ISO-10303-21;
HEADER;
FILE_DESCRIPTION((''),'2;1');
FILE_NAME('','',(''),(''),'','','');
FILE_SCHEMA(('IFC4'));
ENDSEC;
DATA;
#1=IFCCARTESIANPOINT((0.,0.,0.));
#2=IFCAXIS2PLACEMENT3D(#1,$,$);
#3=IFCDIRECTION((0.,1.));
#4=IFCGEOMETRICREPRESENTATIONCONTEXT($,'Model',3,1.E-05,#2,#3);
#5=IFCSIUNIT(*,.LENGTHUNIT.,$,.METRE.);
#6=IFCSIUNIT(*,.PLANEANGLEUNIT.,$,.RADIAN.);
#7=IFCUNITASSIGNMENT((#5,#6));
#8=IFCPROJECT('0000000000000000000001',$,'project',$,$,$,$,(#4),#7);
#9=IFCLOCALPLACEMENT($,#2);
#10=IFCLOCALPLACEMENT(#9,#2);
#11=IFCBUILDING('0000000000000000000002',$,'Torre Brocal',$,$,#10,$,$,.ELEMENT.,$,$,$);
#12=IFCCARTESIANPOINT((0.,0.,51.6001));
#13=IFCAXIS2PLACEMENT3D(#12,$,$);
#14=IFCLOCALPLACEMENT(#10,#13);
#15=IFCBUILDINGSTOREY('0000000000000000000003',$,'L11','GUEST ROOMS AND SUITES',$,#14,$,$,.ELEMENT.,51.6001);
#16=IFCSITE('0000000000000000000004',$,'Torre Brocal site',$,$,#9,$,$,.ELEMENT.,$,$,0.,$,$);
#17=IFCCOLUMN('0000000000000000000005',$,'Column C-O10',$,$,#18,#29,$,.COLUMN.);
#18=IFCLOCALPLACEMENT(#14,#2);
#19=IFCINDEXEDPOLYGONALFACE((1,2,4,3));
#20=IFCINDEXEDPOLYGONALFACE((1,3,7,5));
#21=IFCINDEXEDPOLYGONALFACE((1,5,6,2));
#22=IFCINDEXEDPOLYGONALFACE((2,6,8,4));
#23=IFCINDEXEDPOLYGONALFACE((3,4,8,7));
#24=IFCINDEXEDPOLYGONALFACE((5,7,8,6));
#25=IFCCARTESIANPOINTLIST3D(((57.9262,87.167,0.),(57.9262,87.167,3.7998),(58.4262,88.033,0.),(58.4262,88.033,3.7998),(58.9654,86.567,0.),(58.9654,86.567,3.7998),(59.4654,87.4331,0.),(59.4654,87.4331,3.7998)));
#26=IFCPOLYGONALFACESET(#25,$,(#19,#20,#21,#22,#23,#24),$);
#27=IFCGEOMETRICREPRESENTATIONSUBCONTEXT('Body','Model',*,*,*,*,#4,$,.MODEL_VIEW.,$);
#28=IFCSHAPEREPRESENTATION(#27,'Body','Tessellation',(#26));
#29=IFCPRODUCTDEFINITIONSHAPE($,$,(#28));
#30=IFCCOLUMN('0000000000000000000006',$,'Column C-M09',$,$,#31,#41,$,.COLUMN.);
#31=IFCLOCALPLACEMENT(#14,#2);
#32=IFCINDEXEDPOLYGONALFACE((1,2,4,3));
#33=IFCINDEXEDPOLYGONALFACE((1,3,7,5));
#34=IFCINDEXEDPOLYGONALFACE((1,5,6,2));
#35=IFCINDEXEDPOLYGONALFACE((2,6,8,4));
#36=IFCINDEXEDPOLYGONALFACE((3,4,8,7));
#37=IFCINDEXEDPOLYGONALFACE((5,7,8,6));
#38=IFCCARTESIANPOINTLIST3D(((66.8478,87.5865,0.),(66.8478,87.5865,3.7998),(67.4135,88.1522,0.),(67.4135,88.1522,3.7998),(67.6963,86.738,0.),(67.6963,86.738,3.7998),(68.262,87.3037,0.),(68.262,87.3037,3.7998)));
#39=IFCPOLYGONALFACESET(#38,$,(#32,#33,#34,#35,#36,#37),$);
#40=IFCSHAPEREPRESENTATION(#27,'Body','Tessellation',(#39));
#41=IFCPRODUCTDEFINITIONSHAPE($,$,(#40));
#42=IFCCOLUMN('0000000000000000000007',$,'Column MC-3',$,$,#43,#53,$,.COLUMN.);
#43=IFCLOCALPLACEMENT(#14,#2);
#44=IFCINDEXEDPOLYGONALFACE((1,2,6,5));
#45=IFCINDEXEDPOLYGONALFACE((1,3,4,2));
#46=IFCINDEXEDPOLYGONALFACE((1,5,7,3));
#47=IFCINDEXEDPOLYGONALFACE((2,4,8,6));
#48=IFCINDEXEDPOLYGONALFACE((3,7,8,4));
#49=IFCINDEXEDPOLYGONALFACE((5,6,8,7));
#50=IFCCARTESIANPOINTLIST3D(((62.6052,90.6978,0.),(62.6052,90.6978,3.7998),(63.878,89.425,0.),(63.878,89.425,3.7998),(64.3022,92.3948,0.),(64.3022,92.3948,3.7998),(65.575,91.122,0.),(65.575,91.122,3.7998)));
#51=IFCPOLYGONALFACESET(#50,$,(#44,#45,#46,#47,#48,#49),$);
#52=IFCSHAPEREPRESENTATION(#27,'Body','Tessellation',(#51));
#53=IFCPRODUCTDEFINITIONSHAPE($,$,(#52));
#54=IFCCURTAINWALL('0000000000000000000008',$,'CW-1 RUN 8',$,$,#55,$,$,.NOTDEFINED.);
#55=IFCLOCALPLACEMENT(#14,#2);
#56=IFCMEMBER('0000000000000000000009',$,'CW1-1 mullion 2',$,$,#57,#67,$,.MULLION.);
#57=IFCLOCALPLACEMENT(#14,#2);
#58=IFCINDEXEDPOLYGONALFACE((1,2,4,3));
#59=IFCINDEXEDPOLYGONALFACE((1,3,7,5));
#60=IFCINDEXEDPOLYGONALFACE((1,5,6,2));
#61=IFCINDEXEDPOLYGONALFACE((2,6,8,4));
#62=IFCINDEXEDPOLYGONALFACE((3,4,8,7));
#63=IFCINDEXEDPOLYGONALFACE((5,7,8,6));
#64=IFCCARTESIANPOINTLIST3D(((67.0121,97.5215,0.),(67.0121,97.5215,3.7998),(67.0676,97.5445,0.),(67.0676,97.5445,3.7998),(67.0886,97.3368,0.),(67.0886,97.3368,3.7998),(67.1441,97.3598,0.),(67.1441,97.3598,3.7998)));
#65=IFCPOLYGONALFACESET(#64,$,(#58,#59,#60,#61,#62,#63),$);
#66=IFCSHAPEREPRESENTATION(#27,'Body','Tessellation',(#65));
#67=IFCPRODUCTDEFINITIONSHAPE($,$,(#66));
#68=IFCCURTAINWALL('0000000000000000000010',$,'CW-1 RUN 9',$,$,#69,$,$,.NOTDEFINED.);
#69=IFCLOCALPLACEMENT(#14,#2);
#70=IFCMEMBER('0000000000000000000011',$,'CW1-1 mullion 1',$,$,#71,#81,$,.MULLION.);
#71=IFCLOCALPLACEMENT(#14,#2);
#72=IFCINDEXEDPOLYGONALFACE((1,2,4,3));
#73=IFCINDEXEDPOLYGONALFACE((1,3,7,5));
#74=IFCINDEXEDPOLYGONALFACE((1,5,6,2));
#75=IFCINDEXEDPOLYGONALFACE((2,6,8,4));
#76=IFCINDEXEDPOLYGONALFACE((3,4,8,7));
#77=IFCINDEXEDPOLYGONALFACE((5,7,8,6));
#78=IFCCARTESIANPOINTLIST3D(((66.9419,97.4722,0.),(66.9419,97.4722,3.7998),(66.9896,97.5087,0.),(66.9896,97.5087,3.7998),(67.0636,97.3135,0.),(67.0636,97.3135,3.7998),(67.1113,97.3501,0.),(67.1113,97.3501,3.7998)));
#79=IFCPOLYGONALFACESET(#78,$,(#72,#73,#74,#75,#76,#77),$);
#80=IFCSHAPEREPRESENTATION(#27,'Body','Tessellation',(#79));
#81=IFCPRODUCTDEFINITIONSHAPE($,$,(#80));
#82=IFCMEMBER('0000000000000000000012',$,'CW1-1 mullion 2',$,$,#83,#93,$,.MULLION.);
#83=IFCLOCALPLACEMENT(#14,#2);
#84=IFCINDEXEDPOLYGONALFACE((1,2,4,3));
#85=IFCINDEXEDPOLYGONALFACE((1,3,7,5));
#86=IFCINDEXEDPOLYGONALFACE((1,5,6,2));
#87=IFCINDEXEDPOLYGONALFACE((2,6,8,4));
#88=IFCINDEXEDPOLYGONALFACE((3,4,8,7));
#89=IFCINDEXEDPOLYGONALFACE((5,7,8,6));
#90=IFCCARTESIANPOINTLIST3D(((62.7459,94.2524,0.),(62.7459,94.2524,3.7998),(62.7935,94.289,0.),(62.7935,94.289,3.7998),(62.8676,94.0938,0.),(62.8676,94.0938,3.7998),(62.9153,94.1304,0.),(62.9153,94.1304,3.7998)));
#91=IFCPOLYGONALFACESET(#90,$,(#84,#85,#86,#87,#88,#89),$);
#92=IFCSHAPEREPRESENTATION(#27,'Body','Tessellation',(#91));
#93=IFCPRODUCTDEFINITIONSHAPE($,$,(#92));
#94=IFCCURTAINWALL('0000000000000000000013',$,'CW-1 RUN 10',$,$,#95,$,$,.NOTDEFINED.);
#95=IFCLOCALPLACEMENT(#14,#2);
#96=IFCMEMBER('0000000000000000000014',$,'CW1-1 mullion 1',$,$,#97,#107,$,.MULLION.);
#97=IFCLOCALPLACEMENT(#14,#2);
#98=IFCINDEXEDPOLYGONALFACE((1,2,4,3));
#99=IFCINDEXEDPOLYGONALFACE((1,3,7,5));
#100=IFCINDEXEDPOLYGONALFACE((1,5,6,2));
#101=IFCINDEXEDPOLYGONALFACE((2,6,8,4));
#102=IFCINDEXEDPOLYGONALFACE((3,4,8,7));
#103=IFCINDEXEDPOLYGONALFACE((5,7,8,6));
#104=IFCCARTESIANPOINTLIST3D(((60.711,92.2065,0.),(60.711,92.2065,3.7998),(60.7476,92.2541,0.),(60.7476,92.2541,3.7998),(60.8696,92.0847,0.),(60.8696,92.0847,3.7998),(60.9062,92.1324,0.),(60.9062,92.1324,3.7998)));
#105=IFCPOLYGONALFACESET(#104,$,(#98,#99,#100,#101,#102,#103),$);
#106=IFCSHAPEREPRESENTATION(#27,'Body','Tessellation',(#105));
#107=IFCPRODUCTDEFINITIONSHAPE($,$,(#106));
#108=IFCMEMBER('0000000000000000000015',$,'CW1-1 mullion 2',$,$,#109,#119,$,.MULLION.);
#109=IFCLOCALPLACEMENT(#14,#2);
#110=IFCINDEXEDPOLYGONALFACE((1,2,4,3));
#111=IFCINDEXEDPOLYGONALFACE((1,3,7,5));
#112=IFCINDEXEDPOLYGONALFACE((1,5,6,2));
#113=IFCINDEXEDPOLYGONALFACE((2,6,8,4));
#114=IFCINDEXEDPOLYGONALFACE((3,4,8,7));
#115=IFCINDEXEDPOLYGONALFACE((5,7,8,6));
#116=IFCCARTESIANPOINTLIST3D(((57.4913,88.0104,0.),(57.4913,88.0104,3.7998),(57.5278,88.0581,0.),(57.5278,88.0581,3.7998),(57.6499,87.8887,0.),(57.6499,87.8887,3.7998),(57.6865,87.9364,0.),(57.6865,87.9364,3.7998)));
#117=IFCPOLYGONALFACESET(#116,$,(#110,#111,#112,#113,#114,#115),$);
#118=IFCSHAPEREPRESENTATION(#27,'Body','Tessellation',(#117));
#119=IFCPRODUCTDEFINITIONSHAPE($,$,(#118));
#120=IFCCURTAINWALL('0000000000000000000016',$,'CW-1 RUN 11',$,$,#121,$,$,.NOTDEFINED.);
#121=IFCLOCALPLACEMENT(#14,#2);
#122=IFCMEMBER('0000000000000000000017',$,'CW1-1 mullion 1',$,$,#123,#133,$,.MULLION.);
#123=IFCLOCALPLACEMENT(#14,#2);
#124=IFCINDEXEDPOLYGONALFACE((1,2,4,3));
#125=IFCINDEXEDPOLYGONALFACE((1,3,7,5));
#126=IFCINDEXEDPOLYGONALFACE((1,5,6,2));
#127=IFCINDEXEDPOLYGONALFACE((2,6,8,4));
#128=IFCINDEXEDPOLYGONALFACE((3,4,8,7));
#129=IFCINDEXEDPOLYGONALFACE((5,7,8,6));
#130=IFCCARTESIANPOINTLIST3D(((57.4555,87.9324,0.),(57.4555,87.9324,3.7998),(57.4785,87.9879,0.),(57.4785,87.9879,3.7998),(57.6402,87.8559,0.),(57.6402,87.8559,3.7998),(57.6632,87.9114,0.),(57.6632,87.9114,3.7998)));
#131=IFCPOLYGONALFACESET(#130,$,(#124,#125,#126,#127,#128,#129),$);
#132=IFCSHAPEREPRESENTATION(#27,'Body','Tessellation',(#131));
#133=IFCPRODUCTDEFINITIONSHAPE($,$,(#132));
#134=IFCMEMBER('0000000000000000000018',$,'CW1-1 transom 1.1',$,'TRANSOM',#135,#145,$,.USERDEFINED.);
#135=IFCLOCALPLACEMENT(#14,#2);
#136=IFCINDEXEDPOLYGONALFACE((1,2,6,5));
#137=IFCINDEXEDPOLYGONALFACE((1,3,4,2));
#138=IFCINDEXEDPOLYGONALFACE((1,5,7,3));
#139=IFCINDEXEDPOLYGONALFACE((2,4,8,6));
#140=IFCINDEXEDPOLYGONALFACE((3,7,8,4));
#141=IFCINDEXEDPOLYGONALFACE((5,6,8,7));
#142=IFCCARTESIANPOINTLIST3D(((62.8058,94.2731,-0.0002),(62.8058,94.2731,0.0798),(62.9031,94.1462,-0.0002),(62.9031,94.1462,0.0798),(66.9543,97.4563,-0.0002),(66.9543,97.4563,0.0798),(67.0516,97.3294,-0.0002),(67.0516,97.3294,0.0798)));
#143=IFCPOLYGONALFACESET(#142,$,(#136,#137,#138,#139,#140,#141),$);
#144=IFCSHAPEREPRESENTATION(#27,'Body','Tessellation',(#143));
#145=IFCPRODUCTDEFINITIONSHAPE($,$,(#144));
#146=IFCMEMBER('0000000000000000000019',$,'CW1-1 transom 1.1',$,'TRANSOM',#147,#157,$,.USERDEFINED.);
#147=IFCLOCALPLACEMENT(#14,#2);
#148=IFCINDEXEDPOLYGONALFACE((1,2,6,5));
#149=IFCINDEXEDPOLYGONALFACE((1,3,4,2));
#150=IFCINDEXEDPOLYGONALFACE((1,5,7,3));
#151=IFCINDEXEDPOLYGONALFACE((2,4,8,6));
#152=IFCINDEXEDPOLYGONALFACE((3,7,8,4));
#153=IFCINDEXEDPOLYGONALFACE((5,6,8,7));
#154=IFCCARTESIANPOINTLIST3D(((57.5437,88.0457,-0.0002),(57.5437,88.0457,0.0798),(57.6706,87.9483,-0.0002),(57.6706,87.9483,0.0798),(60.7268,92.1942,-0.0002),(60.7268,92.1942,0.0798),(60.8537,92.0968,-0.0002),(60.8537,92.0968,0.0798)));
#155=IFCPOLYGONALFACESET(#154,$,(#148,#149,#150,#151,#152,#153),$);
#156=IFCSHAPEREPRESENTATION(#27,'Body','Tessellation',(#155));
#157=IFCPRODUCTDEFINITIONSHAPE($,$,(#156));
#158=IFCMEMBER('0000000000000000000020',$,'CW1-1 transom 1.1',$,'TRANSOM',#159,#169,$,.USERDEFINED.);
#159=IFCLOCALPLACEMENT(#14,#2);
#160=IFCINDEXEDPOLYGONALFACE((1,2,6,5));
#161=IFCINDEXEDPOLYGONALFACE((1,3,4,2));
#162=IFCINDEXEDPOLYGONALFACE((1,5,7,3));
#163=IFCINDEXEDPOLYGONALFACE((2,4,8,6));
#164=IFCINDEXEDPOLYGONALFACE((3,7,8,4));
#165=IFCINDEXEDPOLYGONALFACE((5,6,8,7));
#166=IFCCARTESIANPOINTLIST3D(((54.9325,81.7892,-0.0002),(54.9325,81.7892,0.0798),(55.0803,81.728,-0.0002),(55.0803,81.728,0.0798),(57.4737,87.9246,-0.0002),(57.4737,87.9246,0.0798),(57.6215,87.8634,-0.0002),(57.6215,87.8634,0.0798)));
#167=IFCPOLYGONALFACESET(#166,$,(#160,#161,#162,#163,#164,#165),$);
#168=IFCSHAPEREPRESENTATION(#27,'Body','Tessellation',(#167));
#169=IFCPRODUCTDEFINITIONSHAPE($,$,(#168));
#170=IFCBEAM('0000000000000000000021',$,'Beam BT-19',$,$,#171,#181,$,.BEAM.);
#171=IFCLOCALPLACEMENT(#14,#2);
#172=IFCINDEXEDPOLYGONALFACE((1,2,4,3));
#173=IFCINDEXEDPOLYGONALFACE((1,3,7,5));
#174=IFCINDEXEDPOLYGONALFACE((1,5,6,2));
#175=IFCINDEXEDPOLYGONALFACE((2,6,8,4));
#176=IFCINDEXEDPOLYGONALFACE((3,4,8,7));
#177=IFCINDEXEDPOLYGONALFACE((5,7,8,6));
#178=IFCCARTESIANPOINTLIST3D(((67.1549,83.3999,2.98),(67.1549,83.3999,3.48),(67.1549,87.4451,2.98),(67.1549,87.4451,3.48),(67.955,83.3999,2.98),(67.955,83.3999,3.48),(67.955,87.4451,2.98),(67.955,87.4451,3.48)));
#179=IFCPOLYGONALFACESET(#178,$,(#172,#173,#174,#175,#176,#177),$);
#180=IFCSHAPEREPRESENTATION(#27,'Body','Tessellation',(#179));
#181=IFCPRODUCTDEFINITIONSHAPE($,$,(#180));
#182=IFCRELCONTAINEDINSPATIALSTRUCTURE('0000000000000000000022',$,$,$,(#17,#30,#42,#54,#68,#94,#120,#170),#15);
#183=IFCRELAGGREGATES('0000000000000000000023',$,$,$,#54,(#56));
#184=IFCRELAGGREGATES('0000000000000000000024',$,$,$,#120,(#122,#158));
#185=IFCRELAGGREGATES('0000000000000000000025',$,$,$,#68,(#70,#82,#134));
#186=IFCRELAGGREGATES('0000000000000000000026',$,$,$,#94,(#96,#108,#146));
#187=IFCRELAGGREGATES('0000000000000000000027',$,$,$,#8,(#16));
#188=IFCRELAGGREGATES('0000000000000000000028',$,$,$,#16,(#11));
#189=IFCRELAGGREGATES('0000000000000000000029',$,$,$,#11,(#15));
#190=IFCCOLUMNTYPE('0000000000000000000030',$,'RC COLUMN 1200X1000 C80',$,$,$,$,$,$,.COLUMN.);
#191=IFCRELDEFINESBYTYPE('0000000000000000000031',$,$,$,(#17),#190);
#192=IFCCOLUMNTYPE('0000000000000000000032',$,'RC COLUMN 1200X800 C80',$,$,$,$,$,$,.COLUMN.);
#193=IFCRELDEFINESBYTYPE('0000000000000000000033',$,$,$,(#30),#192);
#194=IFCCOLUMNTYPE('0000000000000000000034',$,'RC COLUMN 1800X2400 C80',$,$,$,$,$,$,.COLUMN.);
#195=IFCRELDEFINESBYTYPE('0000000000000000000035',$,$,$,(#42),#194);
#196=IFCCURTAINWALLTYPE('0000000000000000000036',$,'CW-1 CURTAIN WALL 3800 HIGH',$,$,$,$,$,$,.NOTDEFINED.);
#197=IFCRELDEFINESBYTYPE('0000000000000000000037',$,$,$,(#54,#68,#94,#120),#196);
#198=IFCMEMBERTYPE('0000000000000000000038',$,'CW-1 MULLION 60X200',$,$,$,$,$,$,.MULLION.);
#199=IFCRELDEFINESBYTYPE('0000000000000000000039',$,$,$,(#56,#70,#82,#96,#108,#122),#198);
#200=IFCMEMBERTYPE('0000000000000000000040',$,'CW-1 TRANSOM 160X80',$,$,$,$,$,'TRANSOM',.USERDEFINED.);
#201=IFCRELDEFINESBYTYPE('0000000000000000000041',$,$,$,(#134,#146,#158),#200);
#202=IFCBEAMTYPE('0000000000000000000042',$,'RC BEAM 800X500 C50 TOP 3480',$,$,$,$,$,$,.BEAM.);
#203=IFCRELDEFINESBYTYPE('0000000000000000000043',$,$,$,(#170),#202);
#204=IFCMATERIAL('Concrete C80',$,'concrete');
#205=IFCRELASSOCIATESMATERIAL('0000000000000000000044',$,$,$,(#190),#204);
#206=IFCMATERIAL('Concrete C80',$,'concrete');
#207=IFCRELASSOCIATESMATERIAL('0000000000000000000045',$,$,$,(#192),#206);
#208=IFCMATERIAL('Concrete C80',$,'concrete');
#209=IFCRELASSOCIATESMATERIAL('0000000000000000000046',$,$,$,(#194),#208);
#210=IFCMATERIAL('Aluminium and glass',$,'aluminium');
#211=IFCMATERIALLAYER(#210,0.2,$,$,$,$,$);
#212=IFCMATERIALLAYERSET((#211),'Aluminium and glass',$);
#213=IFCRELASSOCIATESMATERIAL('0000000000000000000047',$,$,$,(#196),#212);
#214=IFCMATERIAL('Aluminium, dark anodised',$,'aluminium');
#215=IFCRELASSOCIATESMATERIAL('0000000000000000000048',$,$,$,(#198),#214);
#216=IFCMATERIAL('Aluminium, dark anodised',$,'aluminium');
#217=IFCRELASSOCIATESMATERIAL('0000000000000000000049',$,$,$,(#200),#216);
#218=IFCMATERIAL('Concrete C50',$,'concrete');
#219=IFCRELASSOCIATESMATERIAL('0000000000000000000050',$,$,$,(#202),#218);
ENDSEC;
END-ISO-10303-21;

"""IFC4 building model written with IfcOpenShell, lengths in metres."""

from ifc_helpers import new_model, si_unit, direction, frame, origin, origin_2d, place, context, subcontext, project, spatial, rectangle, extrude, material, layer, layer_set, material_profile, profile_set, type_object, element, aggregate, save


model = new_model("IFC4")

# Units and contexts
model_context = context("Model", 3, precision=1e-05, world=origin(), true_north=direction((0.0, 1.0)))
body_context = subcontext(model_context, "Body", "Model", "MODEL_VIEW")
ifc_project = project(units=[si_unit("LENGTHUNIT", "METRE"), si_unit("PLANEANGLEUNIT", "RADIAN")], contexts=[model_context])

# Site, building, storey
site_placement = place(None, origin())
site = spatial("IfcSite", under=ifc_project, at=site_placement, Name="Torre Brocal site", CompositionType="ELEMENT", RefElevation=0.0)
building_placement = place(site_placement, origin())
building = spatial("IfcBuilding", under=site, at=building_placement, Name="Torre Brocal", CompositionType="ELEMENT")
storey_placement = place(building_placement, frame((0.0, 0.0, 51.6001)))
storey = spatial("IfcBuildingStorey", under=building, at=storey_placement, Name="L11", Description="GUEST ROOMS AND SUITES", CompositionType="ELEMENT", Elevation=51.6001)

# Columns
ifc_material_1 = material(Name="Concrete C80", Category="concrete")
ifc_material_profile_1 = material_profile(ifc_material_1, rectangle(XDim=1.2, YDim=1.0, at=origin_2d()), Name="RC 1200X1000")
ifc_profile_set_1 = profile_set([ifc_material_profile_1], Name="Concrete C80")
column_type_1 = type_object("IfcColumnType", Name="RC COLUMN 1200X1000 C80", PredefinedType="COLUMN", material=ifc_profile_set_1)
column_1_placement = place(storey_placement, frame((58.6958, 87.3, 0.0), z_axis=(0.0, 0.0, 1.0), x_axis=(-0.866025, 0.5, 0.0)))
element("IfcColumn", 1, at=column_1_placement, inside=storey, type_object=column_type_1, Name="Column C-O10", PredefinedType="COLUMN", context=body_context, shape_type="SweptSolid", body=[
    extrude(rectangle(XDim=1.2, YDim=1.0, at=origin_2d()), origin(), (0.0, 0.0, 1.0), 3.7998),
])
ifc_material_2 = material(Name="Concrete C80", Category="concrete")
ifc_material_profile_2 = material_profile(ifc_material_2, rectangle(XDim=1.2, YDim=0.8, at=origin_2d()), Name="RC 1200X800")
ifc_profile_set_2 = profile_set([ifc_material_profile_2], Name="Concrete C80")
column_type_2 = type_object("IfcColumnType", Name="RC COLUMN 1200X800 C80", PredefinedType="COLUMN", material=ifc_profile_set_2)
column_2_placement = place(storey_placement, frame((67.5549, 87.4451, 0.0), z_axis=(0.0, 0.0, 1.0), x_axis=(-0.707107, 0.707107, 0.0)))
element("IfcColumn", 2, at=column_2_placement, inside=storey, type_object=column_type_2, Name="Column C-M09", PredefinedType="COLUMN", context=body_context, shape_type="SweptSolid", body=[
    extrude(rectangle(XDim=1.2, YDim=0.8, at=origin_2d()), origin(), (0.0, 0.0, 1.0), 3.7998),
])
ifc_material_3 = material(Name="Concrete C80", Category="concrete")
ifc_material_profile_3 = material_profile(ifc_material_3, rectangle(XDim=1.8, YDim=2.3999, at=origin_2d()), Name="RC 1800X2400")
ifc_profile_set_3 = profile_set([ifc_material_profile_3], Name="Concrete C80")
column_type_3 = type_object("IfcColumnType", Name="RC COLUMN 1800X2400 C80", PredefinedType="COLUMN", material=ifc_profile_set_3)
column_3_placement = place(storey_placement, frame((64.0901, 90.9099, 0.0), z_axis=(0.0, 0.0, 1.0), x_axis=(-0.707107, 0.707107, 0.0)))
element("IfcColumn", 3, at=column_3_placement, inside=storey, type_object=column_type_3, Name="Column MC-3", PredefinedType="COLUMN", context=body_context, shape_type="SweptSolid", body=[
    extrude(rectangle(XDim=1.8, YDim=2.3999, at=origin_2d()), origin(), (0.0, 0.0, 1.0), 3.7998),
])

# Curtain wall, member
ifc_material_4 = material(Name="Aluminium and glass", Category="aluminium")
ifc_layer_1 = layer(ifc_material_4, 0.2)
ifc_layer_set_1 = layer_set([ifc_layer_1], Name="Aluminium and glass")
curtain_wall_type = type_object("IfcCurtainWallType", Name="CW-1 CURTAIN WALL 3800 HIGH", PredefinedType="NOTDEFINED", material=ifc_layer_set_1)
curtain_wall_1_placement = place(storey_placement, origin())
curtain_wall_1 = element("IfcCurtainWall", 4, at=curtain_wall_1_placement, inside=storey, type_object=curtain_wall_type, Name="CW-1 RUN 8", PredefinedType="NOTDEFINED")
ifc_material_5 = material(Name="Aluminium, dark anodised", Category="aluminium")
ifc_material_profile_4 = material_profile(ifc_material_5, rectangle(XDim=0.2, YDim=0.0601, at=origin_2d()), Name="CW-1 MULLION 60X200")
ifc_profile_set_4 = profile_set([ifc_material_profile_4], Name="Aluminium, dark anodised")
member_type_1 = type_object("IfcMemberType", Name="CW-1 MULLION 60X200", PredefinedType="MULLION", material=ifc_profile_set_4)
member_1_placement = place(storey_placement, frame((67.0781, 97.4407, 0.0), z_axis=(0.0, 0.0, 1.0), x_axis=(0.382683, -0.92388, 0.0)))
member_1 = element("IfcMember", 5, at=member_1_placement, type_object=member_type_1, Name="CW1-1 mullion 2", PredefinedType="MULLION", context=body_context, shape_type="SweptSolid", body=[
    extrude(rectangle(XDim=0.2, YDim=0.0601, at=origin_2d()), origin(), (0.0, 0.0, 1.0), 3.7998),
])
aggregate(curtain_wall_1, [member_1])

# Curtain walls, members
curtain_wall_2_placement = place(storey_placement, origin())
curtain_wall_2 = element("IfcCurtainWall", 6, at=curtain_wall_2_placement, inside=storey, type_object=curtain_wall_type, Name="CW-1 RUN 9", PredefinedType="NOTDEFINED")
member_2_placement = place(storey_placement, frame((67.0266, 97.4111, 0.0), z_axis=(0.0, 0.0, 1.0), x_axis=(0.608761, -0.793353, 0.0)))
member_2 = element("IfcMember", 7, at=member_2_placement, type_object=member_type_1, Name="CW1-1 mullion 1", PredefinedType="MULLION", context=body_context, shape_type="SweptSolid", body=[
    extrude(rectangle(XDim=0.2, YDim=0.0601, at=origin_2d()), origin(), (0.0, 0.0, 1.0), 3.7998),
])
member_3_placement = place(storey_placement, frame((62.8306, 94.1914, 0.0), z_axis=(0.0, 0.0, 1.0), x_axis=(0.608761, -0.793353, 0.0)))
member_3 = element("IfcMember", 8, at=member_3_placement, type_object=member_type_1, Name="CW1-1 mullion 2", PredefinedType="MULLION", context=body_context, shape_type="SweptSolid", body=[
    extrude(rectangle(XDim=0.2, YDim=0.0601, at=origin_2d()), origin(), (0.0, 0.0, 1.0), 3.7998),
])
curtain_wall_3_placement = place(storey_placement, origin())
curtain_wall_3 = element("IfcCurtainWall", 9, at=curtain_wall_3_placement, inside=storey, type_object=curtain_wall_type, Name="CW-1 RUN 10", PredefinedType="NOTDEFINED")
member_4_placement = place(storey_placement, frame((60.8086, 92.1694, 0.0), z_axis=(0.0, 0.0, 1.0), x_axis=(0.793353, -0.608761, 0.0)))
member_4 = element("IfcMember", 10, at=member_4_placement, type_object=member_type_1, Name="CW1-1 mullion 1", PredefinedType="MULLION", context=body_context, shape_type="SweptSolid", body=[
    extrude(rectangle(XDim=0.2, YDim=0.0601, at=origin_2d()), origin(), (0.0, 0.0, 1.0), 3.7998),
])
member_5_placement = place(storey_placement, frame((57.5889, 87.9734, 0.0), z_axis=(0.0, 0.0, 1.0), x_axis=(0.793353, -0.608761, 0.0)))
member_5 = element("IfcMember", 11, at=member_5_placement, type_object=member_type_1, Name="CW1-1 mullion 2", PredefinedType="MULLION", context=body_context, shape_type="SweptSolid", body=[
    extrude(rectangle(XDim=0.2, YDim=0.0601, at=origin_2d()), origin(), (0.0, 0.0, 1.0), 3.7998),
])

# Curtain wall, member
curtain_wall_4_placement = place(storey_placement, origin())
curtain_wall_4 = element("IfcCurtainWall", 12, at=curtain_wall_4_placement, inside=storey, type_object=curtain_wall_type, Name="CW-1 RUN 11", PredefinedType="NOTDEFINED")
member_6_placement = place(storey_placement, frame((57.5593, 87.9219, 0.0), z_axis=(0.0, 0.0, 1.0), x_axis=(0.92388, -0.382683, 0.0)))
member_6 = element("IfcMember", 13, at=member_6_placement, type_object=member_type_1, Name="CW1-1 mullion 1", PredefinedType="MULLION", context=body_context, shape_type="SweptSolid", body=[
    extrude(rectangle(XDim=0.2, YDim=0.0601, at=origin_2d()), origin(), (0.0, 0.0, 1.0), 3.7998),
])

# Members
ifc_material_6 = material(Name="Aluminium, dark anodised", Category="aluminium")
ifc_material_profile_5 = material_profile(ifc_material_6, rectangle(XDim=0.1599, YDim=0.0801, at=origin_2d()), Name="CW-1 TRANSOM 160X80")
ifc_profile_set_5 = profile_set([ifc_material_profile_5], Name="Aluminium, dark anodised")
member_type_2 = type_object("IfcMemberType", Name="CW-1 TRANSOM 160X80", ElementType="TRANSOM", PredefinedType="USERDEFINED", material=ifc_profile_set_5)
member_7_placement = place(storey_placement, frame((67.0029, 97.3928, 0.0398), z_axis=(-0.793363, -0.608749, 0.0), x_axis=(0.608749, -0.793363, 0.0)))
member_7 = element("IfcMember", 14, at=member_7_placement, type_object=member_type_2, Name="CW1-1 transom 1.1", ObjectType="TRANSOM", PredefinedType="USERDEFINED", context=body_context, shape_type="SweptSolid", body=[
    extrude(rectangle(XDim=0.1599, YDim=0.0801, at=origin_2d()), origin(), (0.0, 0.0, 1.0), 5.229),
])
member_8_placement = place(storey_placement, frame((60.7903, 92.1455, 0.0398), z_axis=(-0.608749, -0.793363, 0.0), x_axis=(0.793363, -0.608749, 0.0)))
member_8 = element("IfcMember", 15, at=member_8_placement, type_object=member_type_2, Name="CW1-1 transom 1.1", ObjectType="TRANSOM", PredefinedType="USERDEFINED", context=body_context, shape_type="SweptSolid", body=[
    extrude(rectangle(XDim=0.1599, YDim=0.0801, at=origin_2d()), origin(), (0.0, 0.0, 1.0), 5.229),
])
member_9_placement = place(storey_placement, frame((57.5476, 87.894, 0.0398), z_axis=(-0.382665, -0.923887, 0.0), x_axis=(0.923887, -0.382665, 0.0)))
member_9 = element("IfcMember", 16, at=member_9_placement, type_object=member_type_2, Name="CW1-1 transom 1.1", ObjectType="TRANSOM", PredefinedType="USERDEFINED", context=body_context, shape_type="SweptSolid", body=[
    extrude(rectangle(XDim=0.1599, YDim=0.0801, at=origin_2d()), origin(), (0.0, 0.0, 1.0), 6.6409),
])
aggregate(curtain_wall_4, [member_6, member_9])

# Beam
ifc_material_7 = material(Name="Concrete C50", Category="concrete")
ifc_material_profile_6 = material_profile(ifc_material_7, rectangle(XDim=0.8, YDim=0.5, at=origin_2d()), Name="RC 800X500")
ifc_profile_set_6 = profile_set([ifc_material_profile_6], Name="Concrete C50")
beam_type_1 = type_object("IfcBeamType", Name="RC BEAM 800X500 C50 TOP 3480", PredefinedType="BEAM", material=ifc_profile_set_6)
beam_1_placement = place(storey_placement, frame((67.5549, 87.4451, 3.23), z_axis=(0.0, -1.0, 0.0), x_axis=(1.0, 0.0, 0.0)))
element("IfcBeam", 17, at=beam_1_placement, inside=storey, type_object=beam_type_1, Name="Beam BT-19", PredefinedType="BEAM", context=body_context, shape_type="SweptSolid", body=[
    extrude(rectangle(XDim=0.8, YDim=0.5, at=origin_2d()), origin(), (0.0, 0.0, 1.0), 4.0452),
])

aggregate(curtain_wall_2, [member_2, member_3, member_7])
aggregate(curtain_wall_3, [member_4, member_5, member_8])

save(model, "model.ifc")
